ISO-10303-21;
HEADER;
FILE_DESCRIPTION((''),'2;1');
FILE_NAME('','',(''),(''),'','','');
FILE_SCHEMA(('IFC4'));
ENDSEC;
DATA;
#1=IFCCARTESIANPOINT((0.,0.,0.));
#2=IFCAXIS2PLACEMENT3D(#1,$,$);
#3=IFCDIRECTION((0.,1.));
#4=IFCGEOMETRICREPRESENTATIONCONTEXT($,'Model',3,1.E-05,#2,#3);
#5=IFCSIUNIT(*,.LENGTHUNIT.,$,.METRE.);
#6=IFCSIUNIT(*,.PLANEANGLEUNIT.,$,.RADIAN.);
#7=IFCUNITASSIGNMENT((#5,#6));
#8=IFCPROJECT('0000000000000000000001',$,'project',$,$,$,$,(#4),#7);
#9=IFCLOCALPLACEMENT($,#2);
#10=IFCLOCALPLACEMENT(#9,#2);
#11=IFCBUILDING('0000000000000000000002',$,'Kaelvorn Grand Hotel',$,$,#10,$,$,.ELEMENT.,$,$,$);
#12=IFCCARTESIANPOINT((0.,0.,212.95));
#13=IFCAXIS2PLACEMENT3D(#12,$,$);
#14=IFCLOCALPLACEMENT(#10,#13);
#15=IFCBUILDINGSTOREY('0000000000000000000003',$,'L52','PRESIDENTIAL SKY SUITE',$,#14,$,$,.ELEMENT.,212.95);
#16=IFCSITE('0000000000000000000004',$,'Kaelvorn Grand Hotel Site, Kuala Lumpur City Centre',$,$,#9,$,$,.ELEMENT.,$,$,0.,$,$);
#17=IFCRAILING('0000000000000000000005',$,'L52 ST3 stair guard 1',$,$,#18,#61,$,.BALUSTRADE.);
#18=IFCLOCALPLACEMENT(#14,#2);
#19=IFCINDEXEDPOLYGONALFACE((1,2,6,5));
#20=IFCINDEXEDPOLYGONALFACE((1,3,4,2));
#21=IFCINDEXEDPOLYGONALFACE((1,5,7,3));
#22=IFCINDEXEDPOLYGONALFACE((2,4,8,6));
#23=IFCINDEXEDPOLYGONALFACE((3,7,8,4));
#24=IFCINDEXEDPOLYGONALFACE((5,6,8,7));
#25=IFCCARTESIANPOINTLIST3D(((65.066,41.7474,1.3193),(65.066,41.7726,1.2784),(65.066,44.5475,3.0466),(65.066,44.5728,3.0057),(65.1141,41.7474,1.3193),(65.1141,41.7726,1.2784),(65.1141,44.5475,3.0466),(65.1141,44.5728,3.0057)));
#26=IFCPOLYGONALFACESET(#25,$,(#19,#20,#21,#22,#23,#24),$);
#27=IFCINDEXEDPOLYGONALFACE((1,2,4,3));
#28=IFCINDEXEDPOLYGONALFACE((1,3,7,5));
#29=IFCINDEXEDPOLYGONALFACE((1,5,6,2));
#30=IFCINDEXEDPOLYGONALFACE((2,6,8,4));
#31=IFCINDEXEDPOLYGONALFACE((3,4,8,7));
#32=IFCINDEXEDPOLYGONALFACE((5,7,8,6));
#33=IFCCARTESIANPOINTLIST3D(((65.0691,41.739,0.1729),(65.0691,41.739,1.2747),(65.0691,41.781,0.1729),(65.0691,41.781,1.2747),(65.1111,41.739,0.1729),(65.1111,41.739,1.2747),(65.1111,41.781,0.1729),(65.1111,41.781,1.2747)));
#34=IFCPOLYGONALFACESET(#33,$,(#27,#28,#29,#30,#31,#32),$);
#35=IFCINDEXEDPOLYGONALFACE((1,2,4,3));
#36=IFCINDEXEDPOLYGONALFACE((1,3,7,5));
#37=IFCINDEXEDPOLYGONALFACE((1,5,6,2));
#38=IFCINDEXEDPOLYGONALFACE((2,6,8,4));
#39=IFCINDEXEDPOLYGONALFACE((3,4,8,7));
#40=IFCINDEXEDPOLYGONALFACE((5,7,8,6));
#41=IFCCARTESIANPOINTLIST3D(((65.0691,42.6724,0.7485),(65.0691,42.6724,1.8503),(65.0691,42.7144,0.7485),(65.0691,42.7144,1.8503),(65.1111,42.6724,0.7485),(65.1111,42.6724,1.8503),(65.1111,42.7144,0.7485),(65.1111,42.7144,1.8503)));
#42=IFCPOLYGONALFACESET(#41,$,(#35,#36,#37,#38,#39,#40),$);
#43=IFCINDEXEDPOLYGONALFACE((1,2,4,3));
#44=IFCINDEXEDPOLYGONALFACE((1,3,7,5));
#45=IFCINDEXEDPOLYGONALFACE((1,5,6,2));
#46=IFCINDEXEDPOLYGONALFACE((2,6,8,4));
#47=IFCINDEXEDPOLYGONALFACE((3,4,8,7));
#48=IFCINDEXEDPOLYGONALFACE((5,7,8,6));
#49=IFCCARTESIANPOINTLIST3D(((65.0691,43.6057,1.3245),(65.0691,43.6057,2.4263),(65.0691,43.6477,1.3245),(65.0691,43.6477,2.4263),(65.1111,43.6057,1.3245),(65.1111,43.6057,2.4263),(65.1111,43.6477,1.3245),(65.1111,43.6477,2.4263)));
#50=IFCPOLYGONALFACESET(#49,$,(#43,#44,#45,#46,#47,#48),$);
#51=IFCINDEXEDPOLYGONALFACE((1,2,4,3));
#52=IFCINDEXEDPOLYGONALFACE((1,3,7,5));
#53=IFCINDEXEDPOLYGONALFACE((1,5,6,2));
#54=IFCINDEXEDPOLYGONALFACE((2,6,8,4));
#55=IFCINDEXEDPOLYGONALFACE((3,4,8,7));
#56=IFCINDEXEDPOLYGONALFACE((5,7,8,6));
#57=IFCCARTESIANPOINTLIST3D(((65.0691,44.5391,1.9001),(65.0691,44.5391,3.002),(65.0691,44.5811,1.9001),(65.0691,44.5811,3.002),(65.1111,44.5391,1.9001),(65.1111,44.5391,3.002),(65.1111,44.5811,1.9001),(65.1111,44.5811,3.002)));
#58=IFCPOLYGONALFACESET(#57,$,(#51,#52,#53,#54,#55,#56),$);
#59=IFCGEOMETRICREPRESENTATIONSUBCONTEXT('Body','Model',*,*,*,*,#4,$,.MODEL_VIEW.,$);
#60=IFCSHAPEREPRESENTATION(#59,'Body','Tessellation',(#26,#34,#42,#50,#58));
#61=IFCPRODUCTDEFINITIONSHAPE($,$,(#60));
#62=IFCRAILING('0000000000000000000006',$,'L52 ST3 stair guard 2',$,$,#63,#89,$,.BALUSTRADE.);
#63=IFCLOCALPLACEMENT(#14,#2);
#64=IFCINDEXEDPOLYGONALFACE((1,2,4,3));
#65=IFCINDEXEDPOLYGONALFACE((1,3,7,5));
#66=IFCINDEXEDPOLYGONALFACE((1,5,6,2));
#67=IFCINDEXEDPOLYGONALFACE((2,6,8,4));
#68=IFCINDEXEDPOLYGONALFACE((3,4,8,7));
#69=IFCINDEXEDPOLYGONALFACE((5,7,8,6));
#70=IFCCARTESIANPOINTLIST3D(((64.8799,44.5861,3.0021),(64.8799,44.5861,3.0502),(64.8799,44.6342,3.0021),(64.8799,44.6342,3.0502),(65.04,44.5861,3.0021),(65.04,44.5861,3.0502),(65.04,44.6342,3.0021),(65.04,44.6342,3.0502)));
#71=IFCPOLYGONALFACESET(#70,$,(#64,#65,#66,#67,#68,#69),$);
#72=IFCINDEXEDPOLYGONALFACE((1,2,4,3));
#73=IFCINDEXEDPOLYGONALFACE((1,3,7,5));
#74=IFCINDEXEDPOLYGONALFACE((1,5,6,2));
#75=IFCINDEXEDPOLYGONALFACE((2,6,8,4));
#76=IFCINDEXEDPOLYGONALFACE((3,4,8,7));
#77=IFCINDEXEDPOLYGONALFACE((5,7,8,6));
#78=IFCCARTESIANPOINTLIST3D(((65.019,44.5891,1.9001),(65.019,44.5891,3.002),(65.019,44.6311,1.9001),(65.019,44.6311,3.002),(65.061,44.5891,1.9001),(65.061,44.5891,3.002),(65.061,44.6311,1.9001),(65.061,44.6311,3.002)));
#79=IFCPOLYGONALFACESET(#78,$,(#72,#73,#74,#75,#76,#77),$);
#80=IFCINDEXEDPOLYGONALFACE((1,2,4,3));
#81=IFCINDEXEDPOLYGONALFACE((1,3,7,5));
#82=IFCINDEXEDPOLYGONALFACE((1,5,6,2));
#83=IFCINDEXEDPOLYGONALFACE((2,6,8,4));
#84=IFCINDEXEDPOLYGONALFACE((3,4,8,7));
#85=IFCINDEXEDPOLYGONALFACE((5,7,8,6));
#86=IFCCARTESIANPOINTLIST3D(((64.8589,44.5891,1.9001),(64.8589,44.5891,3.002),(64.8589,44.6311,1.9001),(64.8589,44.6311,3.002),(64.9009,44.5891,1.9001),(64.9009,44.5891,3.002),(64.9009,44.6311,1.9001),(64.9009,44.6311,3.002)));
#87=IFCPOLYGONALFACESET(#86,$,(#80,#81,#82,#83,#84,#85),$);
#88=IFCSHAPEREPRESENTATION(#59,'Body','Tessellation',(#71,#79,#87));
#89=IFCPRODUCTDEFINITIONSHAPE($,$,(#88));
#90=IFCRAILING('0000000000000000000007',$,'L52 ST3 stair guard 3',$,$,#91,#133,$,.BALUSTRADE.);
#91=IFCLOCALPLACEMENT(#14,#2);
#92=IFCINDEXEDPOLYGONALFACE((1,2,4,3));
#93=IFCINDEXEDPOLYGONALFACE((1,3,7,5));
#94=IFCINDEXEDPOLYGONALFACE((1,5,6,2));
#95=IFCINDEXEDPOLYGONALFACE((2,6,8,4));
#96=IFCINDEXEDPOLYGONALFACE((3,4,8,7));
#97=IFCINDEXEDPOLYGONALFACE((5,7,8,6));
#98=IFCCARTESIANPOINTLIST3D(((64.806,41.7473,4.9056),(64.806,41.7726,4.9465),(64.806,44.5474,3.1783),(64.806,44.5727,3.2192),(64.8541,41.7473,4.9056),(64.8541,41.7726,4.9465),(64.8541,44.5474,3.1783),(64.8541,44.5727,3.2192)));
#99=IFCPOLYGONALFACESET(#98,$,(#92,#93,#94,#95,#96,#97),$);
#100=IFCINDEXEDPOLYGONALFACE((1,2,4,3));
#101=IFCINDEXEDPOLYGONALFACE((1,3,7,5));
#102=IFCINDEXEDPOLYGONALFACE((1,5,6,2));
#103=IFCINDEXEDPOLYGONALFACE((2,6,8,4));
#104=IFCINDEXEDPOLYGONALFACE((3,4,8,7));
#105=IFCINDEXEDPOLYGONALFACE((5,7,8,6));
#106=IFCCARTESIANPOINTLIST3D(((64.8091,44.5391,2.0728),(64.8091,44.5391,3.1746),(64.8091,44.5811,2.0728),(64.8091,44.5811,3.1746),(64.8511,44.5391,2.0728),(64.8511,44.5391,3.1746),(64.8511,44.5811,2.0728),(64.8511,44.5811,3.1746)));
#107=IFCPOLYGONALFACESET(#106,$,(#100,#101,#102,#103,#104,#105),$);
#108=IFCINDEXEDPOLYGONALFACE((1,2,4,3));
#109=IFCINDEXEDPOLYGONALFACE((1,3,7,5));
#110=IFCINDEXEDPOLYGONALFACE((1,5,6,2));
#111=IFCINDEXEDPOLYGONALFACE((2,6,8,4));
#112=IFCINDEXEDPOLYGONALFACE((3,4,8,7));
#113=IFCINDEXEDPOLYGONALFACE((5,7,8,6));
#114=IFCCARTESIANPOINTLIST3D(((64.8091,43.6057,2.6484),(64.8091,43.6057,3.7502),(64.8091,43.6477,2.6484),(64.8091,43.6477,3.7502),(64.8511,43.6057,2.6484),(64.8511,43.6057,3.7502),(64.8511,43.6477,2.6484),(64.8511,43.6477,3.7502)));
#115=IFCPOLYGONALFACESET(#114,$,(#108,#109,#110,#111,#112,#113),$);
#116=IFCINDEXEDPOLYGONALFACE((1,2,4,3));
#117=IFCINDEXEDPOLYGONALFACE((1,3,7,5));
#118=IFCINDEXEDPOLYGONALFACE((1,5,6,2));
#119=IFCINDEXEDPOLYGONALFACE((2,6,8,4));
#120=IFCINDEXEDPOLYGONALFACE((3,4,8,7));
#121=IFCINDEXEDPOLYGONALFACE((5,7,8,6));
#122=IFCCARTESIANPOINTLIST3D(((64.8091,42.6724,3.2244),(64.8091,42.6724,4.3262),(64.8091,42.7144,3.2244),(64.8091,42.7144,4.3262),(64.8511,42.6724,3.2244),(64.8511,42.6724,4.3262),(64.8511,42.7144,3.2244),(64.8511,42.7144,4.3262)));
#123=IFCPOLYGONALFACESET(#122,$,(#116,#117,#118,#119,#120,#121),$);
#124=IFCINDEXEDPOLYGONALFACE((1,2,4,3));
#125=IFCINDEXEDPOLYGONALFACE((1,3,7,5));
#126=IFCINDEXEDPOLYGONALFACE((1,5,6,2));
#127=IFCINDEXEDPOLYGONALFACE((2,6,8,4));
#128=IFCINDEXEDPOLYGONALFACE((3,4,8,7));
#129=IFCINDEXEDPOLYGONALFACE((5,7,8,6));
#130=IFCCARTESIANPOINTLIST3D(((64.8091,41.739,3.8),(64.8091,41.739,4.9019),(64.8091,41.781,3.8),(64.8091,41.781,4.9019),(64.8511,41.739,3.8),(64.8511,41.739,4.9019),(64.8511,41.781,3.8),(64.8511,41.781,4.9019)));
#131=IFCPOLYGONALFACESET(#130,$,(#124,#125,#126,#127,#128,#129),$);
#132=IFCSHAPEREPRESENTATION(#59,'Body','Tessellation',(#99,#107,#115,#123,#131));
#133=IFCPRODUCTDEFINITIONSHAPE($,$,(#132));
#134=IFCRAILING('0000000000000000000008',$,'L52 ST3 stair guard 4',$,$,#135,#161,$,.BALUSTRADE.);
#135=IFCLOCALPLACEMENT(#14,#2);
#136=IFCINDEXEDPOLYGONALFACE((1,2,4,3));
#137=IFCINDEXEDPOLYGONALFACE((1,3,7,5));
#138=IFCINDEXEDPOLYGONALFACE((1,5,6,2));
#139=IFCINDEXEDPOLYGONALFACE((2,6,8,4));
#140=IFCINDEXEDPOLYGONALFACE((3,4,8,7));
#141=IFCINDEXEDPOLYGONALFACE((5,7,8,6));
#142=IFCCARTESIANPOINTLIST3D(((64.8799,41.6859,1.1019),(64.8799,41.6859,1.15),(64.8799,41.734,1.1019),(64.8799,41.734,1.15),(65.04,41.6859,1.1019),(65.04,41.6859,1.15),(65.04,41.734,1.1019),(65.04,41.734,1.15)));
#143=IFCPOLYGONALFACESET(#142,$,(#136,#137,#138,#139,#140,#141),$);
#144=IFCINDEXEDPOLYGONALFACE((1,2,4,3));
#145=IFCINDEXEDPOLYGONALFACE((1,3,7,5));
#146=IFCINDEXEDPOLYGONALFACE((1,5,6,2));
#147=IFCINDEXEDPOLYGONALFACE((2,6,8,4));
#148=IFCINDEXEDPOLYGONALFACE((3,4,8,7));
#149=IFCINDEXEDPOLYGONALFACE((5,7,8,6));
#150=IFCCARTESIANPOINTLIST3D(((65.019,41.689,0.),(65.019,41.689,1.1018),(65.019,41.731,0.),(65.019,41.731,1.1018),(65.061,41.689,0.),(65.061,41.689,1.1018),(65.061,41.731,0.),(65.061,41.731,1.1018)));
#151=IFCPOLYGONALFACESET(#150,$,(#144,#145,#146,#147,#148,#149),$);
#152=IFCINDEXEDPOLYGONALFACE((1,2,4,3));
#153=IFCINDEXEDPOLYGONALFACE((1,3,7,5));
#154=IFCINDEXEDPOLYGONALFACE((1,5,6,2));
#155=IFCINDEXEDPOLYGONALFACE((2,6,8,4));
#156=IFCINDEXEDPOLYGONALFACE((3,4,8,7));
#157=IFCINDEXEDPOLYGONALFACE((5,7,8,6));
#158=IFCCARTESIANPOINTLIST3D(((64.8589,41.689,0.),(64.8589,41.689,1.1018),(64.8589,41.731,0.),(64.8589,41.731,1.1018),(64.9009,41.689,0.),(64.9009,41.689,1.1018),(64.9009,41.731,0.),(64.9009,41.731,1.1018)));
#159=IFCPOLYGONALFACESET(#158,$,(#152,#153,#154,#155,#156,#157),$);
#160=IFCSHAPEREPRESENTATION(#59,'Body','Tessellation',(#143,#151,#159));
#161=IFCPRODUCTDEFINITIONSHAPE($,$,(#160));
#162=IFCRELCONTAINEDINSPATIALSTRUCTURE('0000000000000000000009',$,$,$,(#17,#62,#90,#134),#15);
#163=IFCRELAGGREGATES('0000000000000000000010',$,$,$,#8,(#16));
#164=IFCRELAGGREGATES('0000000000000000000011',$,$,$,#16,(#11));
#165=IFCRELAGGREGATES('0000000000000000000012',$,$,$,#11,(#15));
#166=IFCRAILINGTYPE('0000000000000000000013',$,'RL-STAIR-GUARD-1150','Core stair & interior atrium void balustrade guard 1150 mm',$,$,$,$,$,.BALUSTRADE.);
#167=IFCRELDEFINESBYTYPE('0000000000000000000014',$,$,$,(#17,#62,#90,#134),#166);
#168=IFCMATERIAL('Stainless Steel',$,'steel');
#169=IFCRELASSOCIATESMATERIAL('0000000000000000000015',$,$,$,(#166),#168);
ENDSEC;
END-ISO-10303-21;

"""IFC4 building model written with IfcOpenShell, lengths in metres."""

from ifc_helpers import new_model, si_unit, direction, frame, origin, origin_2d, place, context, subcontext, project, spatial, rectangle, extrude, material, type_object, element, save


model = new_model("IFC4")

# Units and contexts
model_context = context("Model", 3, precision=1e-05, world=origin(), true_north=direction((0.0, 1.0)))
body_context = subcontext(model_context, "Body", "Model", "MODEL_VIEW")
ifc_project = project(units=[si_unit("LENGTHUNIT", "METRE"), si_unit("PLANEANGLEUNIT", "RADIAN")], contexts=[model_context])

# Site, building, storey
site_placement = place(None, origin())
site = spatial("IfcSite", under=ifc_project, at=site_placement, Name="Kaelvorn Grand Hotel Site, Kuala Lumpur City Centre", CompositionType="ELEMENT", RefElevation=0.0)
building_placement = place(site_placement, origin())
building = spatial("IfcBuilding", under=site, at=building_placement, Name="Kaelvorn Grand Hotel", CompositionType="ELEMENT")
storey_placement = place(building_placement, frame((0.0, 0.0, 212.95)))
storey = spatial("IfcBuildingStorey", under=building, at=storey_placement, Name="L52", Description="PRESIDENTIAL SKY SUITE", CompositionType="ELEMENT", Elevation=212.95)

# Shared definitions
ifc_material_1 = material(Name="Stainless Steel", Category="steel")

# Railings
railing_type_1 = type_object("IfcRailingType", Name="RL-STAIR-GUARD-1150", Description="Core stair & interior atrium void balustrade guard 1150 mm", PredefinedType="BALUSTRADE", material=ifc_material_1)
railing_1_placement = place(storey_placement, frame((65.0901, 41.76, 0.1729)))
element("IfcRailing", 1, at=railing_1_placement, inside=storey, type_object=railing_type_1, Name="L52 ST3 stair guard 1", PredefinedType="BALUSTRADE", context=body_context, shape_type="SweptSolid", body=[
    extrude(rectangle(XDim=0.0481, YDim=0.0481, at=origin_2d()), frame((0.0, 0.0, 1.126), z_axis=(0.0, 0.85109, 0.52502), x_axis=(-1.0, 0.0, 0.0)), (0.0, 0.0, 1.0), 3.29),
    extrude(rectangle(XDim=0.042, YDim=0.042, at=origin_2d()), origin(), (0.0, 0.0, 1.0), 1.1018),
    extrude(rectangle(XDim=0.042, YDim=0.042, at=origin_2d()), frame((0.0, 0.9333, 0.5757)), (0.0, 0.0, 1.0), 1.1018),
    extrude(rectangle(XDim=0.042, YDim=0.042, at=origin_2d()), frame((0.0, 1.8667, 1.1516)), (0.0, 0.0, 1.0), 1.1018),
    extrude(rectangle(XDim=0.042, YDim=0.042, at=origin_2d()), frame((0.0, 2.8, 1.7273)), (0.0, 0.0, 1.0), 1.1018),
])
railing_2_placement = place(storey_placement, frame((65.04, 44.6101, 1.9001)))
element("IfcRailing", 2, at=railing_2_placement, inside=storey, type_object=railing_type_1, Name="L52 ST3 stair guard 2", PredefinedType="BALUSTRADE", context=body_context, shape_type="SweptSolid", body=[
    extrude(rectangle(XDim=0.0481, YDim=0.0481, at=origin_2d()), frame((0.0, 0.0, 1.126), z_axis=(-1.0, 0.0, 0.0), x_axis=(0.0, -1.0, 0.0)), (0.0, 0.0, 1.0), 0.1602),
    extrude(rectangle(XDim=0.042, YDim=0.042, at=origin_2d()), origin(), (0.0, 0.0, 1.0), 1.1018),
    extrude(rectangle(XDim=0.042, YDim=0.042, at=origin_2d()), frame((-0.1602, 0.0, 0.0)), (0.0, 0.0, 1.0), 1.1018),
])
railing_3_placement = place(storey_placement, frame((64.8301, 44.5601, 2.0728)))
element("IfcRailing", 3, at=railing_3_placement, inside=storey, type_object=railing_type_1, Name="L52 ST3 stair guard 3", PredefinedType="BALUSTRADE", context=body_context, shape_type="SweptSolid", body=[
    extrude(rectangle(XDim=0.0481, YDim=0.0481, at=origin_2d()), frame((0.0, 0.0, 1.126), z_axis=(0.0, -0.85109, 0.52502), x_axis=(1.0, 0.0, 0.0)), (0.0, 0.0, 1.0), 3.29),
    extrude(rectangle(XDim=0.042, YDim=0.042, at=origin_2d()), origin(), (0.0, 0.0, 1.0), 1.1018),
    extrude(rectangle(XDim=0.042, YDim=0.042, at=origin_2d()), frame((0.0, -0.9333, 0.5757)), (0.0, 0.0, 1.0), 1.1018),
    extrude(rectangle(XDim=0.042, YDim=0.042, at=origin_2d()), frame((0.0, -1.8667, 1.1516)), (0.0, 0.0, 1.0), 1.1018),
    extrude(rectangle(XDim=0.042, YDim=0.042, at=origin_2d()), frame((0.0, -2.8, 1.7273)), (0.0, 0.0, 1.0), 1.1018),
])
railing_4_placement = place(storey_placement, frame((65.04, 41.71, 0.0)))
element("IfcRailing", 4, at=railing_4_placement, inside=storey, type_object=railing_type_1, Name="L52 ST3 stair guard 4", PredefinedType="BALUSTRADE", context=body_context, shape_type="SweptSolid", body=[
    extrude(rectangle(XDim=0.0481, YDim=0.0481, at=origin_2d()), frame((0.0, 0.0, 1.126), z_axis=(-1.0, 0.0, 0.0), x_axis=(0.0, -1.0, 0.0)), (0.0, 0.0, 1.0), 0.1602),
    extrude(rectangle(XDim=0.042, YDim=0.042, at=origin_2d()), origin(), (0.0, 0.0, 1.0), 1.1018),
    extrude(rectangle(XDim=0.042, YDim=0.042, at=origin_2d()), frame((-0.1602, 0.0, 0.0)), (0.0, 0.0, 1.0), 1.1018),
])

save(model, "model.ifc")
